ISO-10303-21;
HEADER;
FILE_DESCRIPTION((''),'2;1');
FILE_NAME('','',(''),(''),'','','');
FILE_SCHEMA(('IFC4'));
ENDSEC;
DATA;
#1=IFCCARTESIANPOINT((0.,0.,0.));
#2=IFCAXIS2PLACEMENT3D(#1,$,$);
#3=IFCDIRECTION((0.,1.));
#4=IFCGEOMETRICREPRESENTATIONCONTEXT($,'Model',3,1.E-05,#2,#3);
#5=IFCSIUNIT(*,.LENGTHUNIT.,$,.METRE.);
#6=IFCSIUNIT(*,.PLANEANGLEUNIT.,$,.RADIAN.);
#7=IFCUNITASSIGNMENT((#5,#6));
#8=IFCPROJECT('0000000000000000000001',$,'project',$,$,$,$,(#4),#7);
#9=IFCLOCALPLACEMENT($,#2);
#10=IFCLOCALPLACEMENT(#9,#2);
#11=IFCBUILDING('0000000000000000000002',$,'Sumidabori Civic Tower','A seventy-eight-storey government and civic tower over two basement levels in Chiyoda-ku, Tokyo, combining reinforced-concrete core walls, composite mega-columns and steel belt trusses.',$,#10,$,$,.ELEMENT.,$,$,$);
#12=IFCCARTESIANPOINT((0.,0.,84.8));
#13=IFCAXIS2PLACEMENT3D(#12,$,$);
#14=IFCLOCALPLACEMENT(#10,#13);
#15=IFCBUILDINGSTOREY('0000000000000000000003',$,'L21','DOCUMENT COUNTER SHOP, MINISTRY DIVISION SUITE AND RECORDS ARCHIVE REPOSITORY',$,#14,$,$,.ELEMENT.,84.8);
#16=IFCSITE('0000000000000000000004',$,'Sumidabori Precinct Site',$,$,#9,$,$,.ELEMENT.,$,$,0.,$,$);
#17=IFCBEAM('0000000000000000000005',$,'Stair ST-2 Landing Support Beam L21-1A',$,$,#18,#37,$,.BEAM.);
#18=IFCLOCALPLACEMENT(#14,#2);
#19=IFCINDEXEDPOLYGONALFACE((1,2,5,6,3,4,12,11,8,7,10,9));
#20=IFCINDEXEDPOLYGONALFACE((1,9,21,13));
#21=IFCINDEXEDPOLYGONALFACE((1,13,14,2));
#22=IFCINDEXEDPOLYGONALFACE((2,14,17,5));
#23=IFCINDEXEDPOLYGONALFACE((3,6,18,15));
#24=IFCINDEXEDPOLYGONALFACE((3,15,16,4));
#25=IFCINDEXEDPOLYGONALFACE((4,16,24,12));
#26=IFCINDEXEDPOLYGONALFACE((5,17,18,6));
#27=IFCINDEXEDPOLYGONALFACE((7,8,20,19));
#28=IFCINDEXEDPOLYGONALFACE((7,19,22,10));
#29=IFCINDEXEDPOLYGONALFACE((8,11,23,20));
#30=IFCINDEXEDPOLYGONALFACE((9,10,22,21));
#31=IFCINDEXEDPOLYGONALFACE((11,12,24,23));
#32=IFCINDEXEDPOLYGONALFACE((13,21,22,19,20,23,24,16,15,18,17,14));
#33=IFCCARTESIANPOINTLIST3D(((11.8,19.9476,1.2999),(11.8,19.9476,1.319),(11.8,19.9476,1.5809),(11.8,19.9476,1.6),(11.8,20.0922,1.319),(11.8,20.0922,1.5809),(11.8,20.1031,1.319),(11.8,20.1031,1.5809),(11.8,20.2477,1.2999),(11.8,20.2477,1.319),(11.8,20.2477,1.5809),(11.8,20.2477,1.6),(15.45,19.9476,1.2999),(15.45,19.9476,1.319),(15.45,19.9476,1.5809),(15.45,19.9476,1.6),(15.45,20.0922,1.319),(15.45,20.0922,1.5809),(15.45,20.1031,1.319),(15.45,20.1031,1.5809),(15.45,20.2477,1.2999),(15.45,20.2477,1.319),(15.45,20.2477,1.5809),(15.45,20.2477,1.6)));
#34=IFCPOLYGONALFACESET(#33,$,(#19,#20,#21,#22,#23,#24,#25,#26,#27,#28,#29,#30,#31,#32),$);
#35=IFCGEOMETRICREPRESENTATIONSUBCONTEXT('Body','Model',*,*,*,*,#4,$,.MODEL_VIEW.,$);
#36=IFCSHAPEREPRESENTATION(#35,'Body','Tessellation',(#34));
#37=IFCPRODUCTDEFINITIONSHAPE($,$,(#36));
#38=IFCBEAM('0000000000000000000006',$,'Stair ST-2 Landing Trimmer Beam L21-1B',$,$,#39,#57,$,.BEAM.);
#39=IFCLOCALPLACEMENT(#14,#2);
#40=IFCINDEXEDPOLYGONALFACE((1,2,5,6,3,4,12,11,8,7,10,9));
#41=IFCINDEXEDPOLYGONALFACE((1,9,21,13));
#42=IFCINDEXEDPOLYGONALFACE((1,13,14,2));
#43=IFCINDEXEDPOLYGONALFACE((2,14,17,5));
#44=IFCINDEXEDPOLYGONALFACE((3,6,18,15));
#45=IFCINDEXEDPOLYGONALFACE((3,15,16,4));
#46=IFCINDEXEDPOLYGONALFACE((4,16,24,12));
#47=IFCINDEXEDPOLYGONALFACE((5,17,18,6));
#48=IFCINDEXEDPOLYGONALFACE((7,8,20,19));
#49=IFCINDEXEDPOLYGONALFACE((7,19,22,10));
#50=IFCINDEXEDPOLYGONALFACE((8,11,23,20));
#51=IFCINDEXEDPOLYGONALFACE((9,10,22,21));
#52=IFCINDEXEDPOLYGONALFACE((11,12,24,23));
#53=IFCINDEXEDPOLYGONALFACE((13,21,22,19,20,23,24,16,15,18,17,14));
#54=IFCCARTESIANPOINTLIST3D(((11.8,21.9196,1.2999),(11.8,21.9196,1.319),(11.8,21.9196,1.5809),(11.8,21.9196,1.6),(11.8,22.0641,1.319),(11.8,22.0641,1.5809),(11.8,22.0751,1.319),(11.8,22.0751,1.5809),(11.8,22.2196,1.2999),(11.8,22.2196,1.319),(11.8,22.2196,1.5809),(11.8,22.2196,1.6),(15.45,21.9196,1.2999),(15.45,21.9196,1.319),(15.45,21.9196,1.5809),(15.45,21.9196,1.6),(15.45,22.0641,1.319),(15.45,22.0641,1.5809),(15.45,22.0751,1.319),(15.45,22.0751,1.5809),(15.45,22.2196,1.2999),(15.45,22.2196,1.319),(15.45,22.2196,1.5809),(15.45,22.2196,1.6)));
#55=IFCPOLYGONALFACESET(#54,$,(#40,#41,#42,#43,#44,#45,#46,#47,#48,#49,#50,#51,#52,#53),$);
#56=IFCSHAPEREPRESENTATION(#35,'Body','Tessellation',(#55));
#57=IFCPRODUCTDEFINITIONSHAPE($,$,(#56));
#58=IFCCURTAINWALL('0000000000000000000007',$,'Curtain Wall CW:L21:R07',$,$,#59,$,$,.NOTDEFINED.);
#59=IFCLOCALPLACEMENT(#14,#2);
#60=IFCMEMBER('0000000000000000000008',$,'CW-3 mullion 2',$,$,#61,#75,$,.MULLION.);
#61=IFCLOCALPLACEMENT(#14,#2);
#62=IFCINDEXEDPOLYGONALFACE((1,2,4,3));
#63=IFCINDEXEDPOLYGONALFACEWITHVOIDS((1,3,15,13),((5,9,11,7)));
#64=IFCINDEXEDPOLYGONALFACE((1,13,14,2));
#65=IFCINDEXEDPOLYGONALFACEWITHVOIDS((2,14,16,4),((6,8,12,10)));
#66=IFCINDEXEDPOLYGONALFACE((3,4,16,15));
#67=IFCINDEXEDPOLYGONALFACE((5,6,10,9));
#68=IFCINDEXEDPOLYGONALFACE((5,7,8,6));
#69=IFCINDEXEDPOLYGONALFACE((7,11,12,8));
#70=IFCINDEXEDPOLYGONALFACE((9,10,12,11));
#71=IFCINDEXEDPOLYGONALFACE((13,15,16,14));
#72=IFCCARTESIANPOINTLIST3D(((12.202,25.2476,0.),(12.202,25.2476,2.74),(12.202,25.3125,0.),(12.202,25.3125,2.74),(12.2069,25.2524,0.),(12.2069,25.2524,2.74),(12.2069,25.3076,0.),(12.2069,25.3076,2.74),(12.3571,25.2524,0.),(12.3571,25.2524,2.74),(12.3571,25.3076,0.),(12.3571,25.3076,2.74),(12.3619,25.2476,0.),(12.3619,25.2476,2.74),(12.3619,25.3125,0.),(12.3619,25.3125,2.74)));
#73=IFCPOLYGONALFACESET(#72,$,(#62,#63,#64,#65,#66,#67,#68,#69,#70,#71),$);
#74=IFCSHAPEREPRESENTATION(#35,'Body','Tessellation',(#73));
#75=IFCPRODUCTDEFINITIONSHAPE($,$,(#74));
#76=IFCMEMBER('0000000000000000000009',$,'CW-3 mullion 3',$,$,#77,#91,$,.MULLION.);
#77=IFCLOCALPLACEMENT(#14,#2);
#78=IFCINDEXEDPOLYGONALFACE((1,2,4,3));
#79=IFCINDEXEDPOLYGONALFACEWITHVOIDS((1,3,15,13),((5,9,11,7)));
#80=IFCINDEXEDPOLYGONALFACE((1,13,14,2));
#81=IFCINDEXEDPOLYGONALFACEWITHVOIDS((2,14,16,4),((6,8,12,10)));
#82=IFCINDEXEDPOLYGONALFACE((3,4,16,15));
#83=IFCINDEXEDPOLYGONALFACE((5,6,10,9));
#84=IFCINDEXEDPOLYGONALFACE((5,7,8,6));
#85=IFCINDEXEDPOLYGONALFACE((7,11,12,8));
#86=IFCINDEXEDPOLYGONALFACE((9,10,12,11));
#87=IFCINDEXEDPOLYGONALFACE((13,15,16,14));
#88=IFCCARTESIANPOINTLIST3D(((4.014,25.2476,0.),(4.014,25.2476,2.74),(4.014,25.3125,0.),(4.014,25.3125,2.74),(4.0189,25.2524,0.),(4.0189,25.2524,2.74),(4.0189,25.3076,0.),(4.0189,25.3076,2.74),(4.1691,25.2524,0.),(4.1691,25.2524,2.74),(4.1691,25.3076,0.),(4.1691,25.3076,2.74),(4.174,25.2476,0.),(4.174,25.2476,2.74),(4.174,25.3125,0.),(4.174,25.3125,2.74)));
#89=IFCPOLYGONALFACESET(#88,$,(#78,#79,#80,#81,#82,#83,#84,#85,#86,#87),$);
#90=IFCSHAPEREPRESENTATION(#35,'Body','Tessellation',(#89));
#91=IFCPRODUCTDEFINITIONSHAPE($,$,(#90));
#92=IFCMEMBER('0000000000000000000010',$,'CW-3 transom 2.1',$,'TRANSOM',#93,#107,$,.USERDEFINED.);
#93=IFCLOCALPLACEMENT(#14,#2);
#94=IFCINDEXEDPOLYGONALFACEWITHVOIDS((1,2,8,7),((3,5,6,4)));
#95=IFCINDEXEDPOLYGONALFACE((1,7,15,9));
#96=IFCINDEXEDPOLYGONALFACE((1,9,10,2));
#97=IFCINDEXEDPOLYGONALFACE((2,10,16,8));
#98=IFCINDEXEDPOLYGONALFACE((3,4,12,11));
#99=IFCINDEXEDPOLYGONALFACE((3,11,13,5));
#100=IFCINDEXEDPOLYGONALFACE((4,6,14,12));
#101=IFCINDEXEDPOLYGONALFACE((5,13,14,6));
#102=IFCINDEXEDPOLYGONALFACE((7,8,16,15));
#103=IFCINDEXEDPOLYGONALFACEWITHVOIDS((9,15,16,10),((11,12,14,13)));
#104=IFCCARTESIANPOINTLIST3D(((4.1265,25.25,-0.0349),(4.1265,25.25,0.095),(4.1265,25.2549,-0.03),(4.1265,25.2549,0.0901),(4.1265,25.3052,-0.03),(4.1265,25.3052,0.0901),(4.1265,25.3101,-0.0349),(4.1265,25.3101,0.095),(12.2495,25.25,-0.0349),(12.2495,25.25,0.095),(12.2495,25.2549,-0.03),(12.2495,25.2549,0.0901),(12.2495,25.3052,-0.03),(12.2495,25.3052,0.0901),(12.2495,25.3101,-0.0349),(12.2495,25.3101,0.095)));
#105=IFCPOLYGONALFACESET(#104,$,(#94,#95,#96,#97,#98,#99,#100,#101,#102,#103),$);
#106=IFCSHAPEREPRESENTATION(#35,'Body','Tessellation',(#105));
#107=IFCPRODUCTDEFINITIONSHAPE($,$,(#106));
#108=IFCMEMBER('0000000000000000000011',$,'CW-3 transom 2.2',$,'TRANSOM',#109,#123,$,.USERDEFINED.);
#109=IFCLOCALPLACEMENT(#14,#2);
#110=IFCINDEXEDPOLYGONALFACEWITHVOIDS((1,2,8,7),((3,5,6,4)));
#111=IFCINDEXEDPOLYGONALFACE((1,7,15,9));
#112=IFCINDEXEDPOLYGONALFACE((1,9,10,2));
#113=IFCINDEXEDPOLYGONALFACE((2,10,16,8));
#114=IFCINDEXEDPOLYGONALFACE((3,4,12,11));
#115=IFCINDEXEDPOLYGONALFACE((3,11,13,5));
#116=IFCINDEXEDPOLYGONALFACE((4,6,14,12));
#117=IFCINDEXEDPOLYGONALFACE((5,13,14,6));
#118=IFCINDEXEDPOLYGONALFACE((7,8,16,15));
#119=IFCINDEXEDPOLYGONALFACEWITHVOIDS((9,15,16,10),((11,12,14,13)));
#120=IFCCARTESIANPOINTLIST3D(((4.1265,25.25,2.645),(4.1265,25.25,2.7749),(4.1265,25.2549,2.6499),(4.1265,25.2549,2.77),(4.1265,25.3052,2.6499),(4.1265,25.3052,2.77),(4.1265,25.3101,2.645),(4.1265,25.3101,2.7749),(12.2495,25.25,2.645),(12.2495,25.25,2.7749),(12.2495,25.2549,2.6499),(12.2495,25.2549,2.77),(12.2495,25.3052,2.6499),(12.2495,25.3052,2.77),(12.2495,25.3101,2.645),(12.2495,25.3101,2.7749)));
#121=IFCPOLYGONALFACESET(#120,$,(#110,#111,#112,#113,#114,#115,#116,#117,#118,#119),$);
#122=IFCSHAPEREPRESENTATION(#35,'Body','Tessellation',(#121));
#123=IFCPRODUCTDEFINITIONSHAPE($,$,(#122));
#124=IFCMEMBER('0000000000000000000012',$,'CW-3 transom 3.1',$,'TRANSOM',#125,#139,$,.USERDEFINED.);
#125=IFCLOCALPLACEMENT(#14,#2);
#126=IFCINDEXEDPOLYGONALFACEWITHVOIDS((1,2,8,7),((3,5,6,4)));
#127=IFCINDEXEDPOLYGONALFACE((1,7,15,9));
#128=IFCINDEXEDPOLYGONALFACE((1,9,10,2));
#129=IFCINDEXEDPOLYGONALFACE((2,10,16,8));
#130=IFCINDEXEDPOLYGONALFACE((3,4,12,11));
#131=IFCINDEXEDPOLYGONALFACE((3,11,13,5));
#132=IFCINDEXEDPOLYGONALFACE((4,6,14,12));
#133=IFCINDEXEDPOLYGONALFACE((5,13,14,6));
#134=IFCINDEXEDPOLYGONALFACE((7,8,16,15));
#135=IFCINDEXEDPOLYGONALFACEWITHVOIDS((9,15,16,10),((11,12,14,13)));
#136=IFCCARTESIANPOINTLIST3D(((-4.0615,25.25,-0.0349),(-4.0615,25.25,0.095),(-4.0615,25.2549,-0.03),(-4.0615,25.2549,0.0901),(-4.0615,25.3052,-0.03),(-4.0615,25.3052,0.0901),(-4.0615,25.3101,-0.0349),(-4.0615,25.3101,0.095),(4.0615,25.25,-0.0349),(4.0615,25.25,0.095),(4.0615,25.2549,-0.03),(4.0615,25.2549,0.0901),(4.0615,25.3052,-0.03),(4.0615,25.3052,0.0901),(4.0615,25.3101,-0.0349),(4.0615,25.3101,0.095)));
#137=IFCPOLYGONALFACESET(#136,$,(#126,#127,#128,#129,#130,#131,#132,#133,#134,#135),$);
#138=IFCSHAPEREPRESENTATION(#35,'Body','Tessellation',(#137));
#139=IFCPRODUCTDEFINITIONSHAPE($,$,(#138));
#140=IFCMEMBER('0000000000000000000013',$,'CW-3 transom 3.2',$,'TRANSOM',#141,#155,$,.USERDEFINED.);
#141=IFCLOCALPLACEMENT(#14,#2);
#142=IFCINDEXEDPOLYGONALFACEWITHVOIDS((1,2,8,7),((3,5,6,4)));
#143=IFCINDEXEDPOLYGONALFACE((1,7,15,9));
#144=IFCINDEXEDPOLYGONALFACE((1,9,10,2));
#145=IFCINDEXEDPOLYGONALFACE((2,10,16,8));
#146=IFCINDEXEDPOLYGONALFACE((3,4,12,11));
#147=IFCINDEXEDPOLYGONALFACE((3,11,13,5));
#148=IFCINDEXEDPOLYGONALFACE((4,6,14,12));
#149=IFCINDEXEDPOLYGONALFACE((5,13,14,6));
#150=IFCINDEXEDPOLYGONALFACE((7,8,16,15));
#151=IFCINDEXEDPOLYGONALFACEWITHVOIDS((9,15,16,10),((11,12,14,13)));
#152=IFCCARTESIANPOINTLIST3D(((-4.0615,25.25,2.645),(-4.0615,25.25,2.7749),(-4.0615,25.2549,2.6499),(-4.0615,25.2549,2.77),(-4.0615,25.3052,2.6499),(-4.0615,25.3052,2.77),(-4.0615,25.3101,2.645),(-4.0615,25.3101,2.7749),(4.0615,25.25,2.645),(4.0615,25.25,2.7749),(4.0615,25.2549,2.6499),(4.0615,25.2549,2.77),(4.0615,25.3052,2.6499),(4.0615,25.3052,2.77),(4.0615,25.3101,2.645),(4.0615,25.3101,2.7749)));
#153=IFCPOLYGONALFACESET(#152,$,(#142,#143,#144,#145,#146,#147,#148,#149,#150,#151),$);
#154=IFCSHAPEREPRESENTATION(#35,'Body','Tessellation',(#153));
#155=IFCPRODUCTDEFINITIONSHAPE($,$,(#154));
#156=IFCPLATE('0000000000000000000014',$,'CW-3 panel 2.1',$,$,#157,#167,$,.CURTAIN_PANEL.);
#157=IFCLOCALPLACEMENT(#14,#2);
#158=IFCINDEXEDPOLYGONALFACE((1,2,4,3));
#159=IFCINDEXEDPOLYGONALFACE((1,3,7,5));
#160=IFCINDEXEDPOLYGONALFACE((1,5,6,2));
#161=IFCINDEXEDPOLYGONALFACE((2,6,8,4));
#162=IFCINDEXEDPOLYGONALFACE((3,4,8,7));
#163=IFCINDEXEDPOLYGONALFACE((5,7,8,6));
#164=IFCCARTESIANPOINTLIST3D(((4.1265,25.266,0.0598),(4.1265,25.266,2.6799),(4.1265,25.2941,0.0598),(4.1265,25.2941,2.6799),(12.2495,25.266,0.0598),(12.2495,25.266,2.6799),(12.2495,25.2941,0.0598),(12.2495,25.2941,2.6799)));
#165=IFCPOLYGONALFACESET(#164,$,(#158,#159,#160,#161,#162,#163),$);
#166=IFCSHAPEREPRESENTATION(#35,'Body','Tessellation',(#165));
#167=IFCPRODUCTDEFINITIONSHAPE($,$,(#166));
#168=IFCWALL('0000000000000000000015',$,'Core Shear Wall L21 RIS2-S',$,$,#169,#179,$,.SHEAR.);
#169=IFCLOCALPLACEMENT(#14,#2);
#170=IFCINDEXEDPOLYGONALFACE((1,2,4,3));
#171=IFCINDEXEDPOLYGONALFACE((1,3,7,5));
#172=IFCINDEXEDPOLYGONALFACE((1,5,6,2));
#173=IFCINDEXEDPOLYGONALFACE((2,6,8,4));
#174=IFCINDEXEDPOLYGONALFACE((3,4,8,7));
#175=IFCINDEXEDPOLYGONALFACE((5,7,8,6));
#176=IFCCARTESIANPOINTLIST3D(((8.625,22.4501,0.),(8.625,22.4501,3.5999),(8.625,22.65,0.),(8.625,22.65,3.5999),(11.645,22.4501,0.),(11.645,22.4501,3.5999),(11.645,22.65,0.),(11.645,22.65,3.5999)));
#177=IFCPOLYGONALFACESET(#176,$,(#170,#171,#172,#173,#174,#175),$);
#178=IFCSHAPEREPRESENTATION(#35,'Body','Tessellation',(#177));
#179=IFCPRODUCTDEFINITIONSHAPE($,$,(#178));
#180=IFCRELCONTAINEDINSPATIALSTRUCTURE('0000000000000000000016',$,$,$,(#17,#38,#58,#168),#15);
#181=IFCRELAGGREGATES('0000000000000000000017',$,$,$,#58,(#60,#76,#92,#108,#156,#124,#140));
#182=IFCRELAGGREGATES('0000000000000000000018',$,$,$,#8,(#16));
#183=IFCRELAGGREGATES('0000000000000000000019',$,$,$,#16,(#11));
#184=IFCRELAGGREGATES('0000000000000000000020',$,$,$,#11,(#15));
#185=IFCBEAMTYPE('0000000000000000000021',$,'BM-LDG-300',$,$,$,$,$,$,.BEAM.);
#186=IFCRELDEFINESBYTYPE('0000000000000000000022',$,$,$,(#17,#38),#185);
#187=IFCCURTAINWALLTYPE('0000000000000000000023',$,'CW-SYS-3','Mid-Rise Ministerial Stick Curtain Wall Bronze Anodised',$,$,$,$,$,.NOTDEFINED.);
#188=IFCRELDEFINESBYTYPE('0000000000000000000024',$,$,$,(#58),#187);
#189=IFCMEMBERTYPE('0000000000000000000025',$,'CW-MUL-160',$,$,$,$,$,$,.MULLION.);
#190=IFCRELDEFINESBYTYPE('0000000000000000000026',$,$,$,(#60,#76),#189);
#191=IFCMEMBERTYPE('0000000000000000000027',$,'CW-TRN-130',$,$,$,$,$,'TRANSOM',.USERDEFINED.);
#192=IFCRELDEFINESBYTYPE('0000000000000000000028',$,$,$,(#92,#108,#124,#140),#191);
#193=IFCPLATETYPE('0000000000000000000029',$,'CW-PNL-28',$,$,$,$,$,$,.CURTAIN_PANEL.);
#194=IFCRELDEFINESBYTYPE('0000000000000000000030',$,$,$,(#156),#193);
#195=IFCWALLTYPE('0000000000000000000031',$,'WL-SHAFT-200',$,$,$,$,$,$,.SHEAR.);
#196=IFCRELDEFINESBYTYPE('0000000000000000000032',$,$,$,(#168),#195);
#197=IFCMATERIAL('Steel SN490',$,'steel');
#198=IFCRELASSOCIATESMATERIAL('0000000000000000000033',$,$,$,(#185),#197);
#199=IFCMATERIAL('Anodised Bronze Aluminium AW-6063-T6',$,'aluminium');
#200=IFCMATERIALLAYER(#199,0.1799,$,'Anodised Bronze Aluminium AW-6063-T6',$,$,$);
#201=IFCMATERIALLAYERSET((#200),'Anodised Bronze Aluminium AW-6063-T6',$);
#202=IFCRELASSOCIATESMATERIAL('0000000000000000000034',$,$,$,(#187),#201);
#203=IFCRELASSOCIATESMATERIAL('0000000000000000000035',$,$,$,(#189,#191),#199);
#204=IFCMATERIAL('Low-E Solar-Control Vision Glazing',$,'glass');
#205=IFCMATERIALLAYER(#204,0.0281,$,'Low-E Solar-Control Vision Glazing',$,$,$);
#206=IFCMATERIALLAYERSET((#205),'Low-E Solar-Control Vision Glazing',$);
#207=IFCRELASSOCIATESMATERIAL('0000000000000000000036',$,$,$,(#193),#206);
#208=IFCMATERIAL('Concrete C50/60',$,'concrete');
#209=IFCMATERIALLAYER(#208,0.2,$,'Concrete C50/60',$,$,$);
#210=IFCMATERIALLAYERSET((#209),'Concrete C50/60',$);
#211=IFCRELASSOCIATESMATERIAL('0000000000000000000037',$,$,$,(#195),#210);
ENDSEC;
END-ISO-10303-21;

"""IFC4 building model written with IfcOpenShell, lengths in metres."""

from ifc_helpers import new_model, si_unit, direction, frame, frame_2d, origin, origin_2d, place, context, subcontext, project, spatial, rectangle, hollow_rectangle, i_section, extrude, source, transform, mapped, material, layer, layer_set, material_profile, profile_set, type_object, element, aggregate, save


model = new_model("IFC4")

# Units and contexts
model_context = context("Model", 3, precision=1e-05, world=origin(), true_north=direction((0.0, 1.0)))
body_context = subcontext(model_context, "Body", "Model", "MODEL_VIEW")
ifc_project = project(units=[si_unit("LENGTHUNIT", "METRE"), si_unit("PLANEANGLEUNIT", "RADIAN")], contexts=[model_context])

# Site, building, storey
site_placement = place(None, origin())
site = spatial("IfcSite", under=ifc_project, at=site_placement, Name="Sumidabori Precinct Site", CompositionType="ELEMENT", RefElevation=0.0)
building_placement = place(site_placement, origin())
building = spatial("IfcBuilding", under=site, at=building_placement, Name="Sumidabori Civic Tower", Description="A seventy-eight-storey government and civic tower over two basement levels in Chiyoda-ku, Tokyo, combining reinforced-concrete core walls, composite mega-columns and steel belt trusses.", CompositionType="ELEMENT")
storey_placement = place(building_placement, frame((0.0, 0.0, 84.8)))
storey = spatial("IfcBuildingStorey", under=building, at=storey_placement, Name="L21", Description="DOCUMENT COUNTER SHOP, MINISTRY DIVISION SUITE AND RECORDS ARCHIVE REPOSITORY", CompositionType="ELEMENT", Elevation=84.8)

# Beams
ifc_material_1 = material(Name="Steel SN490", Category="steel")
ifc_material_profile_1 = material_profile(ifc_material_1, i_section(OverallWidth=0.3, OverallDepth=0.3, WebThickness=0.011, FlangeThickness=0.019, at=origin_2d()), Name="HE 300 B")
ifc_profile_set_1 = profile_set([ifc_material_profile_1], Name="Steel SN490")
beam_type = type_object("IfcBeamType", Name="BM-LDG-300", PredefinedType="BEAM", material=ifc_profile_set_1)
shared_shape_1 = source(origin(), body_context, "Body", "SweptSolid", [
    extrude(i_section(OverallWidth=0.3, OverallDepth=0.3, WebThickness=0.011, FlangeThickness=0.019, at=origin_2d()), origin(), (0.0, 0.0, 1.0), 3.6499),
])
for number, where, z_axis, x_axis, name in (
    (1, (11.8, 20.0977, 1.45), (1.0, 0.0, 0.0), (0.0, 1.0, 0.0), "Stair ST-2 Landing Support Beam L21-1A"),
    (2, (11.8, 22.0696, 1.45), (1.0, 0.0, 0.0), (0.0, 1.0, 0.0), "Stair ST-2 Landing Trimmer Beam L21-1B"),
):
    element("IfcBeam", number, at=place(storey_placement, frame(where, z_axis=z_axis, x_axis=x_axis)), inside=storey, type_object=beam_type, Name=name, PredefinedType="BEAM", context=body_context, shape_type="MappedRepresentation", body=[
        mapped(shared_shape_1, transform((0.0, 0.0, 0.0), x_axis=(1.0, 0.0, 0.0), y_axis=(0.0, 1.0, 0.0), z_axis=(0.0, 0.0, 1.0), scale=1.0)),
    ])

# Curtain wall, members, plate
ifc_material_2 = material(Name="Anodised Bronze Aluminium AW-6063-T6", Category="aluminium")
ifc_layer_1 = layer(ifc_material_2, 0.1799, Name="Anodised Bronze Aluminium AW-6063-T6")
ifc_layer_set_1 = layer_set([ifc_layer_1], Name="Anodised Bronze Aluminium AW-6063-T6")
curtain_wall_type = type_object("IfcCurtainWallType", Name="CW-SYS-3", Description="Mid-Rise Ministerial Stick Curtain Wall Bronze Anodised", PredefinedType="NOTDEFINED", material=ifc_layer_set_1)
curtain_wall_placement = place(storey_placement, origin())
curtain_wall = element("IfcCurtainWall", 3, at=curtain_wall_placement, inside=storey, type_object=curtain_wall_type, Name="Curtain Wall CW:L21:R07", PredefinedType="NOTDEFINED")
ifc_material_profile_2 = material_profile(ifc_material_2, hollow_rectangle(XDim=0.0649, YDim=0.1599, WallThickness=0.0049, at=origin_2d()), Name="ALU MULLION 160x65")
ifc_profile_set_2 = profile_set([ifc_material_profile_2], Name="Anodised Bronze Aluminium AW-6063-T6")
member_type_1 = type_object("IfcMemberType", Name="CW-MUL-160", PredefinedType="MULLION", material=ifc_profile_set_2)
shared_shape_2 = source(origin(), body_context, "Body", "SweptSolid", [
    extrude(hollow_rectangle(XDim=0.0649, YDim=0.1599, WallThickness=0.0049, at=origin_2d()), origin(), (0.0, 0.0, 1.0), 2.74),
])
member_1_placement = place(storey_placement, frame((12.282, 25.28, 0.0), z_axis=(0.0, 0.0, 1.0), x_axis=(0.0, -1.0, 0.0)))
member_1 = element("IfcMember", 4, at=member_1_placement, type_object=member_type_1, Name="CW-3 mullion 2", PredefinedType="MULLION", context=body_context, shape_type="MappedRepresentation", body=[
    mapped(shared_shape_2, transform((0.0, 0.0, 0.0), x_axis=(1.0, 0.0, 0.0), y_axis=(0.0, 1.0, 0.0), z_axis=(0.0, 0.0, 1.0), scale=1.0)),
])
member_2_placement = place(storey_placement, frame((4.094, 25.28, 0.0), z_axis=(0.0, 0.0, 1.0), x_axis=(0.0, -1.0, 0.0)))
member_2 = element("IfcMember", 5, at=member_2_placement, type_object=member_type_1, Name="CW-3 mullion 3", PredefinedType="MULLION", context=body_context, shape_type="MappedRepresentation", body=[
    mapped(shared_shape_2, transform((0.0, 0.0, 0.0), x_axis=(1.0, 0.0, 0.0), y_axis=(0.0, 1.0, 0.0), z_axis=(0.0, 0.0, 1.0), scale=1.0)),
])
ifc_material_profile_3 = material_profile(ifc_material_2, hollow_rectangle(XDim=0.0601, YDim=0.1299, WallThickness=0.0049, at=origin_2d()), Name="ALU TRANSOM 130x60")
ifc_profile_set_3 = profile_set([ifc_material_profile_3], Name="Anodised Bronze Aluminium AW-6063-T6")
member_type_2 = type_object("IfcMemberType", Name="CW-TRN-130", ElementType="TRANSOM", PredefinedType="USERDEFINED", material=ifc_profile_set_3)
shared_shape_3 = source(origin(), body_context, "Body", "SweptSolid", [
    extrude(hollow_rectangle(XDim=0.0601, YDim=0.1299, WallThickness=0.0049, at=origin_2d()), origin(), (0.0, 0.0, 1.0), 8.123),
])
member_3_placement = place(storey_placement, frame((12.2495, 25.28, 0.03), z_axis=(-1.0, 0.0, 0.0), x_axis=(0.0, -1.0, 0.0)))
member_3 = element("IfcMember", 6, at=member_3_placement, type_object=member_type_2, Name="CW-3 transom 2.1", ObjectType="TRANSOM", PredefinedType="USERDEFINED", context=body_context, shape_type="MappedRepresentation", body=[
    mapped(shared_shape_3, transform((0.0, 0.0, 0.0), x_axis=(1.0, 0.0, 0.0), y_axis=(0.0, 1.0, 0.0), z_axis=(0.0, 0.0, 1.0), scale=1.0)),
])
member_4_placement = place(storey_placement, frame((12.2495, 25.28, 2.71), z_axis=(-1.0, 0.0, 0.0), x_axis=(0.0, -1.0, 0.0)))
member_4 = element("IfcMember", 7, at=member_4_placement, type_object=member_type_2, Name="CW-3 transom 2.2", ObjectType="TRANSOM", PredefinedType="USERDEFINED", context=body_context, shape_type="MappedRepresentation", body=[
    mapped(shared_shape_3, transform((0.0, 0.0, 0.0), x_axis=(1.0, 0.0, 0.0), y_axis=(0.0, 1.0, 0.0), z_axis=(0.0, 0.0, 1.0), scale=1.0)),
])
member_5_placement = place(storey_placement, frame((4.0615, 25.28, 0.03), z_axis=(-1.0, 0.0, 0.0), x_axis=(0.0, -1.0, 0.0)))
member_5 = element("IfcMember", 8, at=member_5_placement, type_object=member_type_2, Name="CW-3 transom 3.1", ObjectType="TRANSOM", PredefinedType="USERDEFINED", context=body_context, shape_type="MappedRepresentation", body=[
    mapped(shared_shape_3, transform((0.0, 0.0, 0.0), x_axis=(1.0, 0.0, 0.0), y_axis=(0.0, 1.0, 0.0), z_axis=(0.0, 0.0, 1.0), scale=1.0)),
])
member_6_placement = place(storey_placement, frame((4.0615, 25.28, 2.71), z_axis=(-1.0, 0.0, 0.0), x_axis=(0.0, -1.0, 0.0)))
member_6 = element("IfcMember", 9, at=member_6_placement, type_object=member_type_2, Name="CW-3 transom 3.2", ObjectType="TRANSOM", PredefinedType="USERDEFINED", context=body_context, shape_type="MappedRepresentation", body=[
    mapped(shared_shape_3, transform((0.0, 0.0, 0.0), x_axis=(1.0, 0.0, 0.0), y_axis=(0.0, 1.0, 0.0), z_axis=(0.0, 0.0, 1.0), scale=1.0)),
])
ifc_material_3 = material(Name="Low-E Solar-Control Vision Glazing", Category="glass")
ifc_layer_2 = layer(ifc_material_3, 0.0281, Name="Low-E Solar-Control Vision Glazing")
ifc_layer_set_2 = layer_set([ifc_layer_2], Name="Low-E Solar-Control Vision Glazing")
plate_type = type_object("IfcPlateType", Name="CW-PNL-28", PredefinedType="CURTAIN_PANEL", material=ifc_layer_set_2)
shared_shape_4 = source(origin(), body_context, "Body", "SweptSolid", [
    extrude(rectangle(XDim=8.123, YDim=0.0281, at=origin_2d()), origin(), (0.0, 0.0, 1.0), 2.6201),
])
plate_placement = place(storey_placement, frame((8.188, 25.28, 0.0598), z_axis=(0.0, 0.0, 1.0), x_axis=(-1.0, 0.0, 0.0)))
plate = element("IfcPlate", 10, at=plate_placement, type_object=plate_type, Name="CW-3 panel 2.1", PredefinedType="CURTAIN_PANEL", context=body_context, shape_type="MappedRepresentation", body=[
    mapped(shared_shape_4, transform((0.0, 0.0, 0.0), x_axis=(1.0, 0.0, 0.0), y_axis=(0.0, 1.0, 0.0), z_axis=(0.0, 0.0, 1.0), scale=1.0)),
])
aggregate(curtain_wall, [member_1, member_2, member_3, member_4, plate, member_5, member_6])

# Wall
ifc_material_4 = material(Name="Concrete C50/60", Category="concrete")
ifc_layer_3 = layer(ifc_material_4, 0.2, Name="Concrete C50/60")
ifc_layer_set_3 = layer_set([ifc_layer_3], Name="Concrete C50/60")
wall_type_1 = type_object("IfcWallType", Name="WL-SHAFT-200", PredefinedType="SHEAR", material=ifc_layer_set_3)
shared_shape_5 = source(origin(), body_context, "Body", "SweptSolid", [
    extrude(rectangle(XDim=3.02, YDim=0.2, at=frame_2d((1.51, 0.0))), origin(), (0.0, 0.0, 1.0), 3.5999),
])
wall_1_placement = place(storey_placement, frame((8.625, 22.55, 0.0), z_axis=(0.0, 0.0, 1.0), x_axis=(1.0, 0.0, 0.0)))
element("IfcWall", 11, at=wall_1_placement, inside=storey, type_object=wall_type_1, Name="Core Shear Wall L21 RIS2-S", PredefinedType="SHEAR", context=body_context, shape_type="MappedRepresentation", body=[
    mapped(shared_shape_5, transform((0.0, 0.0, 0.0), x_axis=(1.0, 0.0, 0.0), y_axis=(0.0, 1.0, 0.0), z_axis=(0.0, 0.0, 1.0), scale=1.0)),
])

save(model, "model.ifc")
